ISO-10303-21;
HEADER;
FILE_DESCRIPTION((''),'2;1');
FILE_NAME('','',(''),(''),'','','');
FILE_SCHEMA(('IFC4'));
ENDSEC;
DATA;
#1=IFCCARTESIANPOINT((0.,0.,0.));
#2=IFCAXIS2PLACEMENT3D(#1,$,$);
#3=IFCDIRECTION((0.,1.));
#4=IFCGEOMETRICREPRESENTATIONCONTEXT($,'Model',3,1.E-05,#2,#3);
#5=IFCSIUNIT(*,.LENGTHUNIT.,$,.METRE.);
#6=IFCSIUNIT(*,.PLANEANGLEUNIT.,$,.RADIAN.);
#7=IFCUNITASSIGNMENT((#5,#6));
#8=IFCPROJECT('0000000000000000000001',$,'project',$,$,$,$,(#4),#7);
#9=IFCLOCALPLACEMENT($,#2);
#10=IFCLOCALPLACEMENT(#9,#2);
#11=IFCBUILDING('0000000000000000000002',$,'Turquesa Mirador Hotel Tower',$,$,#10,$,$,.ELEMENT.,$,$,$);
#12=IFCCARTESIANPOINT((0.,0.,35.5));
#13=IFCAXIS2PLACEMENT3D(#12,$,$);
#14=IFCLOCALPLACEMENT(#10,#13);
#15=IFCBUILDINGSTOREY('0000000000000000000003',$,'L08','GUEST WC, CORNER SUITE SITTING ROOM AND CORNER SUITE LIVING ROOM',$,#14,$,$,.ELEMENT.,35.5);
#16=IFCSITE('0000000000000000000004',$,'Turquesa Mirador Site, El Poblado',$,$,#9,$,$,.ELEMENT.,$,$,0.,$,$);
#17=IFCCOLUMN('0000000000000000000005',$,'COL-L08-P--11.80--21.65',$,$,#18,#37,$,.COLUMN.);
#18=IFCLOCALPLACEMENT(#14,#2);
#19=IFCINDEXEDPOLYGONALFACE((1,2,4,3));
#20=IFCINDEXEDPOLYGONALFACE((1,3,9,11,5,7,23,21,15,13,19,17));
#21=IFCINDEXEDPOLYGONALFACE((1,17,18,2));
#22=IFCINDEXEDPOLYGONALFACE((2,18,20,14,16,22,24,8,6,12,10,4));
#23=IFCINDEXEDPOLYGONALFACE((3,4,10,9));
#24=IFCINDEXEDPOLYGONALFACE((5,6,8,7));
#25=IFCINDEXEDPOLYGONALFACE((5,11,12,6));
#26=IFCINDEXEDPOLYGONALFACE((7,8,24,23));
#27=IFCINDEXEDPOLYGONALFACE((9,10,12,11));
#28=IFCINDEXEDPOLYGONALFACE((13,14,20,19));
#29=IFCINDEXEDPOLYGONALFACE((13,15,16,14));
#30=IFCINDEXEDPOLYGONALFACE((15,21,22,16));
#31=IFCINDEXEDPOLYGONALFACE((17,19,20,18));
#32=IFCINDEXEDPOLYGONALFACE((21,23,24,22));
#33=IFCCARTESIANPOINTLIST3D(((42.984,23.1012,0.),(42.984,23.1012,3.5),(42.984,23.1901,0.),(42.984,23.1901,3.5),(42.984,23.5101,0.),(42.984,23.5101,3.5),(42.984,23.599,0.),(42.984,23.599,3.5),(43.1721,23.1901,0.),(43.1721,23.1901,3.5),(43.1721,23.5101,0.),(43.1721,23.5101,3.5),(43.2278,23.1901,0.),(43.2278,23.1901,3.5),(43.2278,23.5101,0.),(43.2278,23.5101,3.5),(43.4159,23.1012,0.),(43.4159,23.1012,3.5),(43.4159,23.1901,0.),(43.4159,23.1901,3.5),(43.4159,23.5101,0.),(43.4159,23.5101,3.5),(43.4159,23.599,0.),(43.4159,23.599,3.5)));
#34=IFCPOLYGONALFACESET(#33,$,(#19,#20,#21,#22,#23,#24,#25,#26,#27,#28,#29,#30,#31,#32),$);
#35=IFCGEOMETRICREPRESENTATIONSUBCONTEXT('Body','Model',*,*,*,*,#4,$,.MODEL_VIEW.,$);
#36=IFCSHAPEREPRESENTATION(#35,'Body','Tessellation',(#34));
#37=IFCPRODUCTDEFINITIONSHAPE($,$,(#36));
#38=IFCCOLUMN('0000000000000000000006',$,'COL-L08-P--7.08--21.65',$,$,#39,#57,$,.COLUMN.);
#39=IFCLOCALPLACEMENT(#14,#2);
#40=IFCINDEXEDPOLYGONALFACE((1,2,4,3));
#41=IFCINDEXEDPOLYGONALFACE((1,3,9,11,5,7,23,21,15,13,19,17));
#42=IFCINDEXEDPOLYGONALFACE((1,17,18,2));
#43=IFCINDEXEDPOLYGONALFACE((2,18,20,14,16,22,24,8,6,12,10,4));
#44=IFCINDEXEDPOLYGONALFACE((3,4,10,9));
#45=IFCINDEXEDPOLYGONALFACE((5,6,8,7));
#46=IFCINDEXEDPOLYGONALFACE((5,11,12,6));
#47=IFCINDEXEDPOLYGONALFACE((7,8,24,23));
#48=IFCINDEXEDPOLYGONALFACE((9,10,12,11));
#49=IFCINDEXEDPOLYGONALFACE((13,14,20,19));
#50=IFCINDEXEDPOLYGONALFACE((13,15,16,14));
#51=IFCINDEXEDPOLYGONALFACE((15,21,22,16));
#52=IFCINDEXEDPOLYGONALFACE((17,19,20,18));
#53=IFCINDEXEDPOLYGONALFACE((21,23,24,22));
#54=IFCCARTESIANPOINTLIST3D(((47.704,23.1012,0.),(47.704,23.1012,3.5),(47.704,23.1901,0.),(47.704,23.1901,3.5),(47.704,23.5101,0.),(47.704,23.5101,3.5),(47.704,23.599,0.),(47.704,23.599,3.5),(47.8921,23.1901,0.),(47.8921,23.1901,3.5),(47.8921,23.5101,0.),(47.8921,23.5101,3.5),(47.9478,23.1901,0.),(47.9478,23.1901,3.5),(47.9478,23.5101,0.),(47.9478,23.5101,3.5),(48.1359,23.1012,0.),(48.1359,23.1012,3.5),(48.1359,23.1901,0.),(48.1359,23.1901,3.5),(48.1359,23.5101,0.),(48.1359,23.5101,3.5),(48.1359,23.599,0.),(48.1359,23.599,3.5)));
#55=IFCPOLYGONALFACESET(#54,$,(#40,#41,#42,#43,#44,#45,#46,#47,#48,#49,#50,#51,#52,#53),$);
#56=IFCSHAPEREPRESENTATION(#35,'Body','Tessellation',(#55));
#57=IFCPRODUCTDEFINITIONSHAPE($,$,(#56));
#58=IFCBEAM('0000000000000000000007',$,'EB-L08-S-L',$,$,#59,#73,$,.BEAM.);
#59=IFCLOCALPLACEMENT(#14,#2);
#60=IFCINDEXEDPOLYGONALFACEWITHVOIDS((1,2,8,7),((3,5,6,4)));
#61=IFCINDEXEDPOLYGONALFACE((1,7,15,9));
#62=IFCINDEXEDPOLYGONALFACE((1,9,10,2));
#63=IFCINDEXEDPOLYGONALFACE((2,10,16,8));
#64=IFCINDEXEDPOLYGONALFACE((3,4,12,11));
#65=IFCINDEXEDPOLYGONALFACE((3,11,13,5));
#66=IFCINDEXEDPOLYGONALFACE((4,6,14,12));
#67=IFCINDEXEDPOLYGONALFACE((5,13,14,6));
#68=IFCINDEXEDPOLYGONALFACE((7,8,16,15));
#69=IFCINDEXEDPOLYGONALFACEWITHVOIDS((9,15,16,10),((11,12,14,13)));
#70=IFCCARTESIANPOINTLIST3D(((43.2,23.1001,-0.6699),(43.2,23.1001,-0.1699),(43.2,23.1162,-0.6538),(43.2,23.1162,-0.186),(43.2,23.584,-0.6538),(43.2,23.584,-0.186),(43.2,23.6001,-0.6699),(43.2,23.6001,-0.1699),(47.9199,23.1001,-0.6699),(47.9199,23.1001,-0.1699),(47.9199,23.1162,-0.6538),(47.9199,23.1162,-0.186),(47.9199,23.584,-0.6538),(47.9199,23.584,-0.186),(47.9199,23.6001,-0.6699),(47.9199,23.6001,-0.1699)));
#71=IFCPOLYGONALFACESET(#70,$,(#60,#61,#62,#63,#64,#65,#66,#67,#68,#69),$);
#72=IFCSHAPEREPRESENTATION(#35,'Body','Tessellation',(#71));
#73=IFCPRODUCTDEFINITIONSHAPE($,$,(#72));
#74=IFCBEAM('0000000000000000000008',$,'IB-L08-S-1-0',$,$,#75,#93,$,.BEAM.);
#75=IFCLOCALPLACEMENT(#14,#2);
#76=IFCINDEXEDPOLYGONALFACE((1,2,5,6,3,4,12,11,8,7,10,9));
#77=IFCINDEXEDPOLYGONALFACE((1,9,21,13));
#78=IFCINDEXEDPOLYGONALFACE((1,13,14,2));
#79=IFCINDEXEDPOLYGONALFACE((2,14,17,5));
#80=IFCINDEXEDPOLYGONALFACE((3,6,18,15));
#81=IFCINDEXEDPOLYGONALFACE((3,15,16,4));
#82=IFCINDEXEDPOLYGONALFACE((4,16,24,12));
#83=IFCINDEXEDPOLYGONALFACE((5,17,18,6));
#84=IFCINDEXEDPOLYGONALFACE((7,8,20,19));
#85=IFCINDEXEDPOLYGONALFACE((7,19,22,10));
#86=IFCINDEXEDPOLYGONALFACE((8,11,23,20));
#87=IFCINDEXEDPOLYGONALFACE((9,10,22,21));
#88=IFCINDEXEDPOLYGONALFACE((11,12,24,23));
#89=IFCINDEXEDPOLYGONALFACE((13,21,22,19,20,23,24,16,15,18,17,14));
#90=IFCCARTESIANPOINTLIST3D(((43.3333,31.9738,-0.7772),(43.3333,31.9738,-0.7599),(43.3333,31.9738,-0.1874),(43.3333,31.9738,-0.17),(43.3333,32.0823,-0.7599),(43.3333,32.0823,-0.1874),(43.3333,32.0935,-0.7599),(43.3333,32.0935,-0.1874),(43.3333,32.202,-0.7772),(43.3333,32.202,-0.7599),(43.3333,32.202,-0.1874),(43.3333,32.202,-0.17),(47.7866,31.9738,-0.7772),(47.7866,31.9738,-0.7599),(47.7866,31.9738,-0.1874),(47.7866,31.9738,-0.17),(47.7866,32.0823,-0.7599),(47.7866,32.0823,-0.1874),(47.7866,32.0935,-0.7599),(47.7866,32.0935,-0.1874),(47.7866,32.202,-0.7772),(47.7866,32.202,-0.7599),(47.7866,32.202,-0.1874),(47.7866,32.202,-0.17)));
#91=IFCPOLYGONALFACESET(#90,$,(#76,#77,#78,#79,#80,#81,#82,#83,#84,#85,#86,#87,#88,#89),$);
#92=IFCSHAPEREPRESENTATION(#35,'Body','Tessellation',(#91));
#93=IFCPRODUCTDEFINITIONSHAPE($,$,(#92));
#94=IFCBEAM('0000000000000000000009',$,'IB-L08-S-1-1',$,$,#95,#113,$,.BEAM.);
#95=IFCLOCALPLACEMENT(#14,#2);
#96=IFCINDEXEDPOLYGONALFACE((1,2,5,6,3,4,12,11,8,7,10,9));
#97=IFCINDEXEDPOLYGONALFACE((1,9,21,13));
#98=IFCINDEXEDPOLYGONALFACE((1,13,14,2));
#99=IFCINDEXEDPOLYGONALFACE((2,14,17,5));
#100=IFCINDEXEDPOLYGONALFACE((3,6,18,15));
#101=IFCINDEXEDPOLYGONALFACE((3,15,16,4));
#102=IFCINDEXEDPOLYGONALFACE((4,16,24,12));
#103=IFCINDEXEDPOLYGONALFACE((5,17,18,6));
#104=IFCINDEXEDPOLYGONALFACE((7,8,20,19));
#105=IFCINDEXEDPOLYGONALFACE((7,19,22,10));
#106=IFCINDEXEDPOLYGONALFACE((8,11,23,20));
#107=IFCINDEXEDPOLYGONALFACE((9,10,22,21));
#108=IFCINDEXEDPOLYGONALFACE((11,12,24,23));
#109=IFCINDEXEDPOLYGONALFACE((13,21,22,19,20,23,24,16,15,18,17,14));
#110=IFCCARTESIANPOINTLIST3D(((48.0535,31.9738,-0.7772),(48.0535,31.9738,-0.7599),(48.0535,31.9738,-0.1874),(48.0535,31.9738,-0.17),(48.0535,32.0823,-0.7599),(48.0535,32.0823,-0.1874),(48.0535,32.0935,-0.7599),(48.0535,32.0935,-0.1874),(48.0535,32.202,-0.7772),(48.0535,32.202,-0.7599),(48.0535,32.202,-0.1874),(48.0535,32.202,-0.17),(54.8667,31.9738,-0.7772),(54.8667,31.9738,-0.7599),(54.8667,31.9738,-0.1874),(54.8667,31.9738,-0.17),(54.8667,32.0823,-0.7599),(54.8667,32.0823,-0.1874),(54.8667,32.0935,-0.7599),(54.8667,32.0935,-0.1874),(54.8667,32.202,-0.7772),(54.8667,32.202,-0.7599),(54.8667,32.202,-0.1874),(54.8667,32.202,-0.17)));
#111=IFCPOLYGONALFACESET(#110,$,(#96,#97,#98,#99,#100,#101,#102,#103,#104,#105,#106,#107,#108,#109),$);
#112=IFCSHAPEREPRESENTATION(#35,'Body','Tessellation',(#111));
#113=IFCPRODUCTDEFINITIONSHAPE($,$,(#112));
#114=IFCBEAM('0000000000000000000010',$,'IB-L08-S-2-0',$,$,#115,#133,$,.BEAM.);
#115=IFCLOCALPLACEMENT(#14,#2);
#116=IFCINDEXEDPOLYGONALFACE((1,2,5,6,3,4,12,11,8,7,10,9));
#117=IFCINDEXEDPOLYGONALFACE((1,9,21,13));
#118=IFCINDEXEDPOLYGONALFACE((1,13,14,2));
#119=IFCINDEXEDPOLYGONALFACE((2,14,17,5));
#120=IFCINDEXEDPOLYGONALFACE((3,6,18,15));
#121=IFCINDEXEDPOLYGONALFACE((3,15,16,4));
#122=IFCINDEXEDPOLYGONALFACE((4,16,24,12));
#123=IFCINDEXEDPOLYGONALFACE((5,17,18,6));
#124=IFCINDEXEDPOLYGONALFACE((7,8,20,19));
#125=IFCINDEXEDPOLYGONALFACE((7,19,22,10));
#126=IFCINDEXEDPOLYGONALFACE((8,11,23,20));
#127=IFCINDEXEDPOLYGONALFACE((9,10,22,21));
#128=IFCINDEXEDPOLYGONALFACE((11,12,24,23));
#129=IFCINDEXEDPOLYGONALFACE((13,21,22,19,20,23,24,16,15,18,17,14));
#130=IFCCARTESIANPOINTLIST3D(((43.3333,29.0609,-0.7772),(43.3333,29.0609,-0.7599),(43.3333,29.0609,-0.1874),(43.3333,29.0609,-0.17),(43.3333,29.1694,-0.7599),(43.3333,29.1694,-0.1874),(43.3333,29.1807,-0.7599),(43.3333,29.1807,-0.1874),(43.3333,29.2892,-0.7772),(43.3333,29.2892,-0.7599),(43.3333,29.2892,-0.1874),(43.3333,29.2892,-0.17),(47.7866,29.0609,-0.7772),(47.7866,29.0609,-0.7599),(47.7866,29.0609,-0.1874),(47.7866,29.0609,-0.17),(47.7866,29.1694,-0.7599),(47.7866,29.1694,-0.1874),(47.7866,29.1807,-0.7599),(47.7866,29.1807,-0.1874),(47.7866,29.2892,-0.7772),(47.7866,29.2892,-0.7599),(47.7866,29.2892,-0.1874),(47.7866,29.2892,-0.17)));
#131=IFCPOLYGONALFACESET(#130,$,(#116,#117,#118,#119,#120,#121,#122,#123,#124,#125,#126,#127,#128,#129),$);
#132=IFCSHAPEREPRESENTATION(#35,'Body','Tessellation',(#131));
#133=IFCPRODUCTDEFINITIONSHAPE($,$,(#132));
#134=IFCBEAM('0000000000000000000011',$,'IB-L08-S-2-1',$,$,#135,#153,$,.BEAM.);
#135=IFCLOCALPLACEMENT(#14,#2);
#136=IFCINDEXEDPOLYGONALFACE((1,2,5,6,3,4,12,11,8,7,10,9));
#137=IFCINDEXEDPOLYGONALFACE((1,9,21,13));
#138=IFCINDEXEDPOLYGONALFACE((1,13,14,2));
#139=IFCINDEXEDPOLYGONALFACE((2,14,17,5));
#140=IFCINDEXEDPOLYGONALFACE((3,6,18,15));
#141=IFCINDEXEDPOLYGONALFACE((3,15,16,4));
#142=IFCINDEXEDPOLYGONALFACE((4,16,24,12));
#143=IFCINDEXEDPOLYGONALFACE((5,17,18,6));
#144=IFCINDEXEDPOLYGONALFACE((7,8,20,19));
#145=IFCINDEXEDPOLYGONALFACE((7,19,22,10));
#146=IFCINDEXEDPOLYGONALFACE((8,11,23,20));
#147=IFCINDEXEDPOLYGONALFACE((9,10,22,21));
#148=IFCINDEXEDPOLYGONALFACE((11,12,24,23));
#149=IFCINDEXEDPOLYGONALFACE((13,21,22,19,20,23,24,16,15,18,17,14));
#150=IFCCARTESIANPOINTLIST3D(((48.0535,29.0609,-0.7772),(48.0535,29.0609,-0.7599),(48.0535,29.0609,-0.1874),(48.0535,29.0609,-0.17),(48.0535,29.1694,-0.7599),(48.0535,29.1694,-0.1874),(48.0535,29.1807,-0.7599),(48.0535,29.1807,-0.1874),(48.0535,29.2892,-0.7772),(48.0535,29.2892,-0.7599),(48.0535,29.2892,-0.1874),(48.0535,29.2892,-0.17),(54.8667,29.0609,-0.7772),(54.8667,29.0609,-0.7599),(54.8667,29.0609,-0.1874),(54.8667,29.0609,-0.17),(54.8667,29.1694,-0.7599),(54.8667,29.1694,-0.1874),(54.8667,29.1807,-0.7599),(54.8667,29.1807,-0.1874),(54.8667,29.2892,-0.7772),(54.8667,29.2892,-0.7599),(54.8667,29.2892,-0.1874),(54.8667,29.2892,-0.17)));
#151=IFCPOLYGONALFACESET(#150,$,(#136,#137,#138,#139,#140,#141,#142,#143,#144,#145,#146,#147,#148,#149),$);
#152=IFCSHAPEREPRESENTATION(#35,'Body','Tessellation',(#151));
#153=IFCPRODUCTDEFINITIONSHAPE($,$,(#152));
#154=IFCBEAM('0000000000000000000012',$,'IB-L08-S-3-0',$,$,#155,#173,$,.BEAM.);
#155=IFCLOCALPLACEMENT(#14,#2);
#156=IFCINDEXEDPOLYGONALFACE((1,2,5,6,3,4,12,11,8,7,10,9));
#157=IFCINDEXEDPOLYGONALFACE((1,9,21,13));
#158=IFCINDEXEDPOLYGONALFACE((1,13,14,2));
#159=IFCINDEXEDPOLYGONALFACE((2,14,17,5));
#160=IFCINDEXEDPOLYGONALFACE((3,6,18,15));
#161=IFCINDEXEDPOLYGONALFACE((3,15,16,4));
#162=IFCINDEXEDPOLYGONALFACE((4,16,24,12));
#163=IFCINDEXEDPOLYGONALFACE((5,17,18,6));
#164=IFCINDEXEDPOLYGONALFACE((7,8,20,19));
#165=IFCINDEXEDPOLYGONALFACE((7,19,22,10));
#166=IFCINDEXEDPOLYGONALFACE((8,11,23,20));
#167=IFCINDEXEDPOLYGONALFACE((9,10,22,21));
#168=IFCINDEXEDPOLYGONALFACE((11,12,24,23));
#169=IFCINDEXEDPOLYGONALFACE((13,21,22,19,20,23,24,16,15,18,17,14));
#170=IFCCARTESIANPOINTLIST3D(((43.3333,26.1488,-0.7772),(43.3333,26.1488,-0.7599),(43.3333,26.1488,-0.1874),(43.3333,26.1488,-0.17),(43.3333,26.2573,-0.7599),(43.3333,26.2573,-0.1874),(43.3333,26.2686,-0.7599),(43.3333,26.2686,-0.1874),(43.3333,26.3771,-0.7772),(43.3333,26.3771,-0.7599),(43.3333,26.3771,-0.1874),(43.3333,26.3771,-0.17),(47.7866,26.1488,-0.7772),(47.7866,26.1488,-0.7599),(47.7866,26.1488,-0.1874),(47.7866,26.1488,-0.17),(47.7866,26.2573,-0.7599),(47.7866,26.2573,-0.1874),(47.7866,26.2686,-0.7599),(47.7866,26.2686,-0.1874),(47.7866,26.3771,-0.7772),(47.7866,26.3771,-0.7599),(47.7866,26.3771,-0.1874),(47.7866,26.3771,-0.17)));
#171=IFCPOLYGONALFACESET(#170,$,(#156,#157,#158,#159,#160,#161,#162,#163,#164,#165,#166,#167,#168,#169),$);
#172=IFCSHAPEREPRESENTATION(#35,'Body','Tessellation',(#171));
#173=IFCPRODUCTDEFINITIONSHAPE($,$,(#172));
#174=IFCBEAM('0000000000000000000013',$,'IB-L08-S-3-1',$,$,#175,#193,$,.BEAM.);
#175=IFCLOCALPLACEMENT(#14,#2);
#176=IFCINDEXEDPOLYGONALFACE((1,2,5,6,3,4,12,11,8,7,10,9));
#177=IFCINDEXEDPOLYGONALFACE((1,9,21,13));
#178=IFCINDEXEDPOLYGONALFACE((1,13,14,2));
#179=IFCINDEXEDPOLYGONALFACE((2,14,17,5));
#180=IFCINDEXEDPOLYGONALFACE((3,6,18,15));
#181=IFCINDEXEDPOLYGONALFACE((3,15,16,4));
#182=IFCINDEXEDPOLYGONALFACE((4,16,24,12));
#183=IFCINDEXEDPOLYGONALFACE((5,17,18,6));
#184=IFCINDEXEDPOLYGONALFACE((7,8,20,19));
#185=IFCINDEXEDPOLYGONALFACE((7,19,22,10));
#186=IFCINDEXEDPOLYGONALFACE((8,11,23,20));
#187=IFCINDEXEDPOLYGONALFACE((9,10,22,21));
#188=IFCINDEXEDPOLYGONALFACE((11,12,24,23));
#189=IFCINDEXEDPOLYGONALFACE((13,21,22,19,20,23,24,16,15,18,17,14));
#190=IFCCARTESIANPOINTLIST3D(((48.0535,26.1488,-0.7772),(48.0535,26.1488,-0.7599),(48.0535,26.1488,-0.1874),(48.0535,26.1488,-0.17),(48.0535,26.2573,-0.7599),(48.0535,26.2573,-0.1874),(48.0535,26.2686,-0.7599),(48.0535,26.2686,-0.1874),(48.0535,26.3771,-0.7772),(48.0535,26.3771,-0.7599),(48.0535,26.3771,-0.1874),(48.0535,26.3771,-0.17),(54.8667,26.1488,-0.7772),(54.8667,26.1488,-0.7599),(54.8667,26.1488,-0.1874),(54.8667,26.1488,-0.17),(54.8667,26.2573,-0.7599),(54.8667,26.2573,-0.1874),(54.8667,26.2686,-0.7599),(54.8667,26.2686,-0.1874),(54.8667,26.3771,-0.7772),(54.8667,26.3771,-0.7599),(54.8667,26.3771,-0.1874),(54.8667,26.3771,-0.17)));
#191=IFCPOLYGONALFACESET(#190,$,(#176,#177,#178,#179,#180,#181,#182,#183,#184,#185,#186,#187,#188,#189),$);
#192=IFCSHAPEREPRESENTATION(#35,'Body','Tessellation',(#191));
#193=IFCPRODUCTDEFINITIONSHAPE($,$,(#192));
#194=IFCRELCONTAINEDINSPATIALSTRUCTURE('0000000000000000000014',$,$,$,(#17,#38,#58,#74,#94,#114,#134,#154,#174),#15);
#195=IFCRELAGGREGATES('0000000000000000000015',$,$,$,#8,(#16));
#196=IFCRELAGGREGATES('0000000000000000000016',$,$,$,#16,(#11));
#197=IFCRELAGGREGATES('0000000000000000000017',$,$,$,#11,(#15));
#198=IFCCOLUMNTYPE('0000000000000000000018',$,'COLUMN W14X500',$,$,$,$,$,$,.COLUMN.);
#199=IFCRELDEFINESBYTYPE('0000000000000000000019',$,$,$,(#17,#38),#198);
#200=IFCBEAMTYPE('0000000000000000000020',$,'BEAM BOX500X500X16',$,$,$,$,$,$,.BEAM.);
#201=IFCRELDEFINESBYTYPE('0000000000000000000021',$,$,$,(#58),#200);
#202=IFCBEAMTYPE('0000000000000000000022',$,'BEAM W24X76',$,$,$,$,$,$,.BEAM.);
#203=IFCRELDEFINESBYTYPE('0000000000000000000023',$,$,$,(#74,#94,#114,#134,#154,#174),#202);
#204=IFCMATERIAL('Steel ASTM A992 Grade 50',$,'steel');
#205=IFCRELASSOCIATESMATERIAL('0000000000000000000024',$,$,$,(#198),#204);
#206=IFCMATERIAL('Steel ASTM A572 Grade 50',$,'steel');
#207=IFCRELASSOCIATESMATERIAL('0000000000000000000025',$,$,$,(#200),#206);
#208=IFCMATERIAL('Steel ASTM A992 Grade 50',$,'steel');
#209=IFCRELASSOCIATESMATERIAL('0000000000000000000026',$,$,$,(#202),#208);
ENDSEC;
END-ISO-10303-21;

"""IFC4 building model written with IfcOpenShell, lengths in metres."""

from ifc_helpers import new_model, si_unit, direction, frame, origin, origin_2d, place, context, subcontext, project, spatial, hollow_rectangle, i_section, extrude, material, material_profile, profile_set, type_object, element, save


model = new_model("IFC4")

# Units and contexts
model_context = context("Model", 3, precision=1e-05, world=origin(), true_north=direction((0.0, 1.0)))
body_context = subcontext(model_context, "Body", "Model", "MODEL_VIEW")
ifc_project = project(units=[si_unit("LENGTHUNIT", "METRE"), si_unit("PLANEANGLEUNIT", "RADIAN")], contexts=[model_context])

# Site, building, storey
site_placement = place(None, origin())
site = spatial("IfcSite", under=ifc_project, at=site_placement, Name="Turquesa Mirador Site, El Poblado", CompositionType="ELEMENT", RefElevation=0.0)
building_placement = place(site_placement, origin())
building = spatial("IfcBuilding", under=site, at=building_placement, Name="Turquesa Mirador Hotel Tower", CompositionType="ELEMENT")
storey_placement = place(building_placement, frame((0.0, 0.0, 35.5)))
storey = spatial("IfcBuildingStorey", under=building, at=storey_placement, Name="L08", Description="GUEST WC, CORNER SUITE SITTING ROOM AND CORNER SUITE LIVING ROOM", CompositionType="ELEMENT", Elevation=35.5)

# Columns
ifc_material_1 = material(Name="Steel ASTM A992 Grade 50", Category="steel")
ifc_material_profile_1 = material_profile(ifc_material_1, i_section(OverallWidth=0.4319, OverallDepth=0.4978, WebThickness=0.0557, FlangeThickness=0.0889, at=origin_2d()), Name="W14X500")
ifc_profile_set_1 = profile_set([ifc_material_profile_1], Name="Steel ASTM A992 Grade 50")
column_type = type_object("IfcColumnType", Name="COLUMN W14X500", PredefinedType="COLUMN", material=ifc_profile_set_1)
for number, where, z_axis, x_axis, name in (
    (1, (43.2, 23.3501, 0.0), (0.0, 0.0, 1.0), (1.0, 0.0, 0.0), "COL-L08-P--11.80--21.65"),
    (2, (47.9199, 23.3501, 0.0), (0.0, 0.0, 1.0), (1.0, 0.0, 0.0), "COL-L08-P--7.08--21.65"),
):
    element("IfcColumn", number, at=place(storey_placement, frame(where, z_axis=z_axis, x_axis=x_axis)), inside=storey, type_object=column_type, Name=name, PredefinedType="COLUMN", context=body_context, shape_type="SweptSolid", body=[
        extrude(i_section(OverallWidth=0.4319, OverallDepth=0.4978, WebThickness=0.0557, FlangeThickness=0.0889, at=origin_2d()), origin(), (0.0, 0.0, 1.0), 3.5),
    ])

# Beams
ifc_material_2 = material(Name="Steel ASTM A572 Grade 50", Category="steel")
ifc_material_profile_2 = material_profile(ifc_material_2, hollow_rectangle(XDim=0.5, YDim=0.5, WallThickness=0.0161, at=origin_2d()), Name="BOX500X500X16")
ifc_profile_set_2 = profile_set([ifc_material_profile_2], Name="Steel ASTM A572 Grade 50")
beam_type_1 = type_object("IfcBeamType", Name="BEAM BOX500X500X16", PredefinedType="BEAM", material=ifc_profile_set_2)
beam_1_placement = place(storey_placement, frame((43.2, 23.3501, -0.4199), z_axis=(1.0, 0.0, 0.0), x_axis=(0.0, 1.0, 0.0)))
element("IfcBeam", 3, at=beam_1_placement, inside=storey, type_object=beam_type_1, Name="EB-L08-S-L", PredefinedType="BEAM", context=body_context, shape_type="SweptSolid", body=[
    extrude(hollow_rectangle(XDim=0.5, YDim=0.5, WallThickness=0.0161, at=origin_2d()), origin(), (0.0, 0.0, 1.0), 4.72),
])
ifc_material_3 = material(Name="Steel ASTM A992 Grade 50", Category="steel")
ifc_material_profile_3 = material_profile(ifc_material_3, i_section(OverallWidth=0.2283, OverallDepth=0.6072, WebThickness=0.0112, FlangeThickness=0.0173, at=origin_2d()), Name="W24X76")
ifc_profile_set_3 = profile_set([ifc_material_profile_3], Name="Steel ASTM A992 Grade 50")
beam_type_2 = type_object("IfcBeamType", Name="BEAM W24X76", PredefinedType="BEAM", material=ifc_profile_set_3)
beam_2_placement = place(storey_placement, frame((43.3333, 32.0879, -0.4736), z_axis=(1.0, 0.0, 0.0), x_axis=(0.0, 1.0, 0.0)))
element("IfcBeam", 4, at=beam_2_placement, inside=storey, type_object=beam_type_2, Name="IB-L08-S-1-0", PredefinedType="BEAM", context=body_context, shape_type="SweptSolid", body=[
    extrude(i_section(OverallWidth=0.2283, OverallDepth=0.6072, WebThickness=0.0112, FlangeThickness=0.0173, at=origin_2d()), origin(), (0.0, 0.0, 1.0), 4.4534),
])
beam_3_placement = place(storey_placement, frame((48.0535, 32.0879, -0.4736), z_axis=(1.0, 0.0, 0.0), x_axis=(0.0, 1.0, 0.0)))
element("IfcBeam", 5, at=beam_3_placement, inside=storey, type_object=beam_type_2, Name="IB-L08-S-1-1", PredefinedType="BEAM", context=body_context, shape_type="SweptSolid", body=[
    extrude(i_section(OverallWidth=0.2283, OverallDepth=0.6072, WebThickness=0.0112, FlangeThickness=0.0173, at=origin_2d()), origin(), (0.0, 0.0, 1.0), 6.8132),
])
beam_4_placement = place(storey_placement, frame((43.3333, 29.175, -0.4736), z_axis=(1.0, 0.0, 0.0), x_axis=(0.0, 1.0, 0.0)))
element("IfcBeam", 6, at=beam_4_placement, inside=storey, type_object=beam_type_2, Name="IB-L08-S-2-0", PredefinedType="BEAM", context=body_context, shape_type="SweptSolid", body=[
    extrude(i_section(OverallWidth=0.2283, OverallDepth=0.6072, WebThickness=0.0112, FlangeThickness=0.0173, at=origin_2d()), origin(), (0.0, 0.0, 1.0), 4.4534),
])
beam_5_placement = place(storey_placement, frame((48.0535, 29.175, -0.4736), z_axis=(1.0, 0.0, 0.0), x_axis=(0.0, 1.0, 0.0)))
element("IfcBeam", 7, at=beam_5_placement, inside=storey, type_object=beam_type_2, Name="IB-L08-S-2-1", PredefinedType="BEAM", context=body_context, shape_type="SweptSolid", body=[
    extrude(i_section(OverallWidth=0.2283, OverallDepth=0.6072, WebThickness=0.0112, FlangeThickness=0.0173, at=origin_2d()), origin(), (0.0, 0.0, 1.0), 6.8132),
])
beam_6_placement = place(storey_placement, frame((43.3333, 26.2629, -0.4736), z_axis=(1.0, 0.0, 0.0), x_axis=(0.0, 1.0, 0.0)))
element("IfcBeam", 8, at=beam_6_placement, inside=storey, type_object=beam_type_2, Name="IB-L08-S-3-0", PredefinedType="BEAM", context=body_context, shape_type="SweptSolid", body=[
    extrude(i_section(OverallWidth=0.2283, OverallDepth=0.6072, WebThickness=0.0112, FlangeThickness=0.0173, at=origin_2d()), origin(), (0.0, 0.0, 1.0), 4.4534),
])
beam_7_placement = place(storey_placement, frame((48.0535, 26.2629, -0.4736), z_axis=(1.0, 0.0, 0.0), x_axis=(0.0, 1.0, 0.0)))
element("IfcBeam", 9, at=beam_7_placement, inside=storey, type_object=beam_type_2, Name="IB-L08-S-3-1", PredefinedType="BEAM", context=body_context, shape_type="SweptSolid", body=[
    extrude(i_section(OverallWidth=0.2283, OverallDepth=0.6072, WebThickness=0.0112, FlangeThickness=0.0173, at=origin_2d()), origin(), (0.0, 0.0, 1.0), 6.8132),
])

save(model, "model.ifc")
